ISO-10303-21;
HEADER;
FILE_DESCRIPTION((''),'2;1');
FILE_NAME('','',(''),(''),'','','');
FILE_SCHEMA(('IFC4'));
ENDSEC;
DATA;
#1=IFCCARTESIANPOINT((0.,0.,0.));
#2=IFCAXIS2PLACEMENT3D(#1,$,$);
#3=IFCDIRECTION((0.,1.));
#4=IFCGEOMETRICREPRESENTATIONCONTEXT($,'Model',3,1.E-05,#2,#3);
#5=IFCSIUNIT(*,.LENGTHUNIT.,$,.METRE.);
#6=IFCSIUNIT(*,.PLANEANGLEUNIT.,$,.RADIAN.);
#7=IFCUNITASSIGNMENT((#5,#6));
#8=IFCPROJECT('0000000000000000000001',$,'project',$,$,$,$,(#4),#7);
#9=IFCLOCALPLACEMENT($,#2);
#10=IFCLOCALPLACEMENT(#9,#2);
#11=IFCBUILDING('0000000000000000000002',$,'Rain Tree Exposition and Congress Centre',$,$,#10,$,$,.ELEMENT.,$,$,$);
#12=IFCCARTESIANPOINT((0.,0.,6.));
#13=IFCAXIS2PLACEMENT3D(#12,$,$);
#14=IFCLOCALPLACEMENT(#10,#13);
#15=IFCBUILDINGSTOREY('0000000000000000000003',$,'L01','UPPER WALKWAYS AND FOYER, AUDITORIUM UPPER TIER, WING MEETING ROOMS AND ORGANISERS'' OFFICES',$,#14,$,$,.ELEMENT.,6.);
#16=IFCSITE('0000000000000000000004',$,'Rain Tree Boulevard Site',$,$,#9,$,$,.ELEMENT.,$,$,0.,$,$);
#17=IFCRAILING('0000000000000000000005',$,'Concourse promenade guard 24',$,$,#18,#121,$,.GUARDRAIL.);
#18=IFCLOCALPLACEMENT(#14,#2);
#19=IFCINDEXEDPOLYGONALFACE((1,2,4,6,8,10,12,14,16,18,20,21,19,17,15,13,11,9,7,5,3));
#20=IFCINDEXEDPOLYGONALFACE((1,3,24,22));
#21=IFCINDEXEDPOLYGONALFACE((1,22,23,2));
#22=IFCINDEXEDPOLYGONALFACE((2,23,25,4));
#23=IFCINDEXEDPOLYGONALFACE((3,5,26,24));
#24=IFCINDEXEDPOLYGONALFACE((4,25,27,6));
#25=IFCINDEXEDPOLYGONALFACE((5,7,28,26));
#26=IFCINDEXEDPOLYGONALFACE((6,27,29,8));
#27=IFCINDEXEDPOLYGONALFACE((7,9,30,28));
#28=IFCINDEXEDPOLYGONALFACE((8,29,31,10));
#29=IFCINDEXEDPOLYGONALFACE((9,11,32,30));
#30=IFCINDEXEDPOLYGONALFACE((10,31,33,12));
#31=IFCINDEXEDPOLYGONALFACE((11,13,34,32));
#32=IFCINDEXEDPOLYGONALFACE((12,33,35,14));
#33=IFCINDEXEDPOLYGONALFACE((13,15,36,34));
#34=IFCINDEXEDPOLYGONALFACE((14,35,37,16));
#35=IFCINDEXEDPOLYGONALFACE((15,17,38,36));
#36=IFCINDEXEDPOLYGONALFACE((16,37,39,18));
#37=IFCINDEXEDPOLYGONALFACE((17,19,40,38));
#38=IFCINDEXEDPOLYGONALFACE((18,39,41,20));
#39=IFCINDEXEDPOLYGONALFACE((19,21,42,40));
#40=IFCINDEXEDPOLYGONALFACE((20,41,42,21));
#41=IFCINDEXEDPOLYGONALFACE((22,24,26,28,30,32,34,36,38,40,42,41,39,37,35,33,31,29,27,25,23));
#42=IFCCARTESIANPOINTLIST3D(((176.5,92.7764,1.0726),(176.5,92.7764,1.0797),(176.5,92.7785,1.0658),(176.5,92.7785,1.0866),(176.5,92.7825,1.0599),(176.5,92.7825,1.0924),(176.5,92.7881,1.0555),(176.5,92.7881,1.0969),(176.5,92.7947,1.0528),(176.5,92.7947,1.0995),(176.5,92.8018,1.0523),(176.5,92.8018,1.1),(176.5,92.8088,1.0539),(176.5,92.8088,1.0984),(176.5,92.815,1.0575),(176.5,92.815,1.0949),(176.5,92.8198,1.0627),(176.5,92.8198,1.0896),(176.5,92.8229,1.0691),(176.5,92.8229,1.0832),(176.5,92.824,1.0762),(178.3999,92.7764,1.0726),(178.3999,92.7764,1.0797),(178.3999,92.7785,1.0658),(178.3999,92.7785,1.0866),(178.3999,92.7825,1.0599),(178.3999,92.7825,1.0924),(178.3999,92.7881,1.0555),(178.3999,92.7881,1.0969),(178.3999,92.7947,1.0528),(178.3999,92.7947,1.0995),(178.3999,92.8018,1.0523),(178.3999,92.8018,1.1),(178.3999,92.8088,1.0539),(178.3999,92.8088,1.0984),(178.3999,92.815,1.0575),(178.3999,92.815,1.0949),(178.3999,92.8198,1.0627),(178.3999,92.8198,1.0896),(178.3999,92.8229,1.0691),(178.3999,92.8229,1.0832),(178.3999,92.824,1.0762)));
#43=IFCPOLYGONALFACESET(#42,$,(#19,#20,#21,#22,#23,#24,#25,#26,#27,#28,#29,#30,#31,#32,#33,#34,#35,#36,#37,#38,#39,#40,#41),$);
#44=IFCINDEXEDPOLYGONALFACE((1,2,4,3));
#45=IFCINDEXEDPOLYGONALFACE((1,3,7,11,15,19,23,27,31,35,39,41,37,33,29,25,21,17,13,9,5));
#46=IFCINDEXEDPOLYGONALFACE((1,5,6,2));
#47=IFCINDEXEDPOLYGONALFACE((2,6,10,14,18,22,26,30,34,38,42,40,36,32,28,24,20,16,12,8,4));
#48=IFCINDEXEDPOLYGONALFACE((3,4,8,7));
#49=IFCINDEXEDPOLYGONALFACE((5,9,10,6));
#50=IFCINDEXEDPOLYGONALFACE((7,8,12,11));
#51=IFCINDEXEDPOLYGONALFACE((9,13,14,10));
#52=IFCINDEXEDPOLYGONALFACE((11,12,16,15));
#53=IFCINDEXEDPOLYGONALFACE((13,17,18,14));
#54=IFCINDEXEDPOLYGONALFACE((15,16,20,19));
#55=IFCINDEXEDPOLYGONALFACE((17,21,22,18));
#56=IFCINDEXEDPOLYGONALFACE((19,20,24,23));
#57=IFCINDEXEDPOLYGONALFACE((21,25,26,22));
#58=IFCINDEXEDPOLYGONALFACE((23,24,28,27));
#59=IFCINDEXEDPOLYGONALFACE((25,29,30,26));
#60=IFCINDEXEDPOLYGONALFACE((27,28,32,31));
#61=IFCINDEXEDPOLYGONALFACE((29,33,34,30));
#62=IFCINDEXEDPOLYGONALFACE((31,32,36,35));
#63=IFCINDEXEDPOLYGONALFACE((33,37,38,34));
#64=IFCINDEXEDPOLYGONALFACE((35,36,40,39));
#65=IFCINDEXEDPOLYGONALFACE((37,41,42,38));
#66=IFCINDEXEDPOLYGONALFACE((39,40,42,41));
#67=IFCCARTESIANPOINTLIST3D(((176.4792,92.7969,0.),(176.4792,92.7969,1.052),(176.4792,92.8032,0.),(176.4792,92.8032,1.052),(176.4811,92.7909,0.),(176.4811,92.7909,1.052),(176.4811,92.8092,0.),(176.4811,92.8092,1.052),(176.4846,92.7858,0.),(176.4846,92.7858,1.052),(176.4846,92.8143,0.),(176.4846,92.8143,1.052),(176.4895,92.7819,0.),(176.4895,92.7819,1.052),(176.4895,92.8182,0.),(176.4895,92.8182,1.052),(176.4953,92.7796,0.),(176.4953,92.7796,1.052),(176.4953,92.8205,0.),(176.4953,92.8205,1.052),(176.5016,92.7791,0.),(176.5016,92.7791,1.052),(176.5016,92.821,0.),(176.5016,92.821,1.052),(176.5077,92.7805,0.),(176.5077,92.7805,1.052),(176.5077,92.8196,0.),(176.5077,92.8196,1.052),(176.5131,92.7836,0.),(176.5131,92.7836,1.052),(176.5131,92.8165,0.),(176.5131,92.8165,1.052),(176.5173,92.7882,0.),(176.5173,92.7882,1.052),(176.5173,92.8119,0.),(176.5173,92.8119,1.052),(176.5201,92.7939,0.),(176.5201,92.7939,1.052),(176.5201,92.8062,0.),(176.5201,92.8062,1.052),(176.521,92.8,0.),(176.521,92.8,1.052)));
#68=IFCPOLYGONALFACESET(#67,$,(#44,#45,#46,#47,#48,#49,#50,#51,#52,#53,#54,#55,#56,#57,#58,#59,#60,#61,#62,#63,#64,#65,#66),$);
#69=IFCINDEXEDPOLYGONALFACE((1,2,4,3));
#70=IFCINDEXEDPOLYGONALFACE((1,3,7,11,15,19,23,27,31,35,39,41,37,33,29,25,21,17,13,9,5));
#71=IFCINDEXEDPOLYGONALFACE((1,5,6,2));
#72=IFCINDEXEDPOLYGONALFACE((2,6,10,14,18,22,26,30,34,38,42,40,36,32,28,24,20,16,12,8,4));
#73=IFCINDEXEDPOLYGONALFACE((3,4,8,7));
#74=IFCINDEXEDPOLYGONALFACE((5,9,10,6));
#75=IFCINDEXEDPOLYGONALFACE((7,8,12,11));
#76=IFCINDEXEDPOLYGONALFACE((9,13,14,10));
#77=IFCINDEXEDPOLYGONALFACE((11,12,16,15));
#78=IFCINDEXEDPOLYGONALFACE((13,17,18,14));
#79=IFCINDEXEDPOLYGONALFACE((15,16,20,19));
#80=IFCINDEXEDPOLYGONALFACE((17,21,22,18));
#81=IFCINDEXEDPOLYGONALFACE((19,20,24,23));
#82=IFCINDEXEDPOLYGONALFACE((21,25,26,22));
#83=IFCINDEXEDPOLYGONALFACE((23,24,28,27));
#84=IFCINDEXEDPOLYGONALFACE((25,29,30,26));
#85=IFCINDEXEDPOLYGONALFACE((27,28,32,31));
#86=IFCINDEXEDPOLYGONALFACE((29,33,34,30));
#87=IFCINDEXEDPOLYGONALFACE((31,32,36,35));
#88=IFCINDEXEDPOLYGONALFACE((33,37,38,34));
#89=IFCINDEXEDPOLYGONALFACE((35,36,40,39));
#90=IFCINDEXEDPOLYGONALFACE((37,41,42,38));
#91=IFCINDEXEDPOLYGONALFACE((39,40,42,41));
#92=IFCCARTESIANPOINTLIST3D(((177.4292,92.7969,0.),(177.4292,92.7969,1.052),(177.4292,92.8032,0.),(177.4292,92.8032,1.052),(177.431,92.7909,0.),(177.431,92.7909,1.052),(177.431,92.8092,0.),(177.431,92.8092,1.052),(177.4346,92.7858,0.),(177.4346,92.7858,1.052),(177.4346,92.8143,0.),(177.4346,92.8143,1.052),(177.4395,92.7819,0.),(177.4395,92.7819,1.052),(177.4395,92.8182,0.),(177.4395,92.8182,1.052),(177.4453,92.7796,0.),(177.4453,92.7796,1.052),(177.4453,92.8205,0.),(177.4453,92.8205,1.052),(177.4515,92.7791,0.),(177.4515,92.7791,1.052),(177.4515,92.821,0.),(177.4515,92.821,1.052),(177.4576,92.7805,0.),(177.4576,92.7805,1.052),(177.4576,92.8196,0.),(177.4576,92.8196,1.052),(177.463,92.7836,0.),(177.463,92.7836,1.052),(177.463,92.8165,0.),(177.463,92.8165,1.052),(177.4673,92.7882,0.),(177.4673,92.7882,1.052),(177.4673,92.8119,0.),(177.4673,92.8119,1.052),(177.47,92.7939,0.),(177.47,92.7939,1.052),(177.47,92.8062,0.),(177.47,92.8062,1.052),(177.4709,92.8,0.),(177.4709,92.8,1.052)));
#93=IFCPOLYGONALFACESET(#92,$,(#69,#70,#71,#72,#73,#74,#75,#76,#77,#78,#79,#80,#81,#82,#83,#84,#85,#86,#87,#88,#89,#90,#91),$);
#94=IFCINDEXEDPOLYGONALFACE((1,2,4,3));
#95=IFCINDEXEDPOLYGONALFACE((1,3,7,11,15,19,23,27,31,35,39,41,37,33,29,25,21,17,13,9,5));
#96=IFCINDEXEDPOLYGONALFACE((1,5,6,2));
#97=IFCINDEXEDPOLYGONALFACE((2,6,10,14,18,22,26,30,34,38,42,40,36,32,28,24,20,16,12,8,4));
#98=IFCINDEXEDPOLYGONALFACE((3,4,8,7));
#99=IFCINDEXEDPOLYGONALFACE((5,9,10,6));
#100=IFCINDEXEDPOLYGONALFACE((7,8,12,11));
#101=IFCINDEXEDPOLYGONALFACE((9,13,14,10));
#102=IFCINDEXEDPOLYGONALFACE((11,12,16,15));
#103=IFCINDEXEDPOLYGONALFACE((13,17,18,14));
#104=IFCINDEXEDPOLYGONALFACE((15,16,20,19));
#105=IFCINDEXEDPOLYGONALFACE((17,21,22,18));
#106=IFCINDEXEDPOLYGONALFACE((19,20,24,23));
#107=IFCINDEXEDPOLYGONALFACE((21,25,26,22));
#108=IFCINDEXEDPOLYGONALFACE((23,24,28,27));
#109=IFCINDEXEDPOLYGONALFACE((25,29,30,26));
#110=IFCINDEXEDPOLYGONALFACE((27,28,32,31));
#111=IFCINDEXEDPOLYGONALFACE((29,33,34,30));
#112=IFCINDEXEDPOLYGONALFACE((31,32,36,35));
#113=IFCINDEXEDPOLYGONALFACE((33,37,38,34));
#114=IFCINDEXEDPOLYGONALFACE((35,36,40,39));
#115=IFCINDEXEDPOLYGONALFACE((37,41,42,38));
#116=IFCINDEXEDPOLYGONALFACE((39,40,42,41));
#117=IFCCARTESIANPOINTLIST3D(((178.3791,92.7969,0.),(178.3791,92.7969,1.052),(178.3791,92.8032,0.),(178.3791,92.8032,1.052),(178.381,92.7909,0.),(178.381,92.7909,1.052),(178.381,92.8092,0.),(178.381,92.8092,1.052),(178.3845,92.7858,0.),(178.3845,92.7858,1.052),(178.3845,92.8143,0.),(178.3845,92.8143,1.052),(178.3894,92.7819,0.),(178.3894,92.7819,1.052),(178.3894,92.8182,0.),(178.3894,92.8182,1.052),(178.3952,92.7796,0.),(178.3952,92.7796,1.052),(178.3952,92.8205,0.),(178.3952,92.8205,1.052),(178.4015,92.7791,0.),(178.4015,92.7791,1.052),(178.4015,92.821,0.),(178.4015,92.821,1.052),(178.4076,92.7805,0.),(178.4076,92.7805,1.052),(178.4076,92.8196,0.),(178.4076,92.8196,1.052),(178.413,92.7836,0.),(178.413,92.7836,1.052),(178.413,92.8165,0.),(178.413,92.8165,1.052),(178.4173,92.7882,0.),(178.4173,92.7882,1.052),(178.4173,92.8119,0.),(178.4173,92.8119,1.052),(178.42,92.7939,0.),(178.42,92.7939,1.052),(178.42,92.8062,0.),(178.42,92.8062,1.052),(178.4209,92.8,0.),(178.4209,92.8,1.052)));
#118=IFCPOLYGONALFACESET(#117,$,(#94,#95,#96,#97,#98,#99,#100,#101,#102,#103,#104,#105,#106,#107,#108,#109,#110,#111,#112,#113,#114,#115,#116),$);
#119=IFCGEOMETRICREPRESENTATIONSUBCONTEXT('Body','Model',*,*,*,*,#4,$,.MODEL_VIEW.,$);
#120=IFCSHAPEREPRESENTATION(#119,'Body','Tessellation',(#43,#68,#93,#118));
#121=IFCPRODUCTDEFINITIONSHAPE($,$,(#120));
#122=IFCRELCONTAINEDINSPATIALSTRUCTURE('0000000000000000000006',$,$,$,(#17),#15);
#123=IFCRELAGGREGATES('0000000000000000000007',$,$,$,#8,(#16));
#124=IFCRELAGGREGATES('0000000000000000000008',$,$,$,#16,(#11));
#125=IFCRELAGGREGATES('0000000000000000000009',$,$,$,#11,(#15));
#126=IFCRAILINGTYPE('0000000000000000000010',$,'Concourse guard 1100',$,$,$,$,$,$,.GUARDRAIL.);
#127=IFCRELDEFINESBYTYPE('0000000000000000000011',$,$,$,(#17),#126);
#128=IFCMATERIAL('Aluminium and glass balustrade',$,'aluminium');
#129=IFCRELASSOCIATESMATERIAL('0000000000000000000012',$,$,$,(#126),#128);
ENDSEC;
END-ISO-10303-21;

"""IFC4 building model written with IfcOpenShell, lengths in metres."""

from ifc_helpers import new_model, si_unit, direction, frame, origin, origin_2d, place, context, subcontext, project, spatial, circle, extrude, material, type_object, element, save


model = new_model("IFC4")

# Units and contexts
model_context = context("Model", 3, precision=1e-05, world=origin(), true_north=direction((0.0, 1.0)))
body_context = subcontext(model_context, "Body", "Model", "MODEL_VIEW")
ifc_project = project(units=[si_unit("LENGTHUNIT", "METRE"), si_unit("PLANEANGLEUNIT", "RADIAN")], contexts=[model_context])

# Site, building, storey
site_placement = place(None, origin())
site = spatial("IfcSite", under=ifc_project, at=site_placement, Name="Rain Tree Boulevard Site", CompositionType="ELEMENT", RefElevation=0.0)
building_placement = place(site_placement, origin())
building = spatial("IfcBuilding", under=site, at=building_placement, Name="Rain Tree Exposition and Congress Centre", CompositionType="ELEMENT")
storey_placement = place(building_placement, frame((0.0, 0.0, 6.0)))
storey = spatial("IfcBuildingStorey", under=building, at=storey_placement, Name="L01", Description="UPPER WALKWAYS AND FOYER, AUDITORIUM UPPER TIER, WING MEETING ROOMS AND ORGANISERS' OFFICES", CompositionType="ELEMENT", Elevation=6.0)

# Railing
ifc_material_1 = material(Name="Aluminium and glass balustrade", Category="aluminium")
railing_type = type_object("IfcRailingType", Name="Concourse guard 1100", PredefinedType="GUARDRAIL", material=ifc_material_1)
railing_1_placement = place(storey_placement, frame((176.5, 92.8, 0.0)))
element("IfcRailing", 1, at=railing_1_placement, inside=storey, type_object=railing_type, Name="Concourse promenade guard 24", PredefinedType="GUARDRAIL", context=body_context, shape_type="SweptSolid", body=[
    extrude(circle(Radius=0.0239, at=origin_2d()), frame((0.0, 0.0, 1.0762), z_axis=(1.0, 0.0, 0.0), x_axis=(0.0, 1.0, 0.0)), (0.0, 0.0, 1.0), 1.8999),
    extrude(circle(Radius=0.021, at=origin_2d()), origin(), (0.0, 0.0, 1.0), 1.052),
    extrude(circle(Radius=0.021, at=origin_2d()), frame((0.95, 0.0, 0.0)), (0.0, 0.0, 1.0), 1.052),
    extrude(circle(Radius=0.021, at=origin_2d()), frame((1.8999, 0.0, 0.0)), (0.0, 0.0, 1.0), 1.052),
])

save(model, "model.ifc")
